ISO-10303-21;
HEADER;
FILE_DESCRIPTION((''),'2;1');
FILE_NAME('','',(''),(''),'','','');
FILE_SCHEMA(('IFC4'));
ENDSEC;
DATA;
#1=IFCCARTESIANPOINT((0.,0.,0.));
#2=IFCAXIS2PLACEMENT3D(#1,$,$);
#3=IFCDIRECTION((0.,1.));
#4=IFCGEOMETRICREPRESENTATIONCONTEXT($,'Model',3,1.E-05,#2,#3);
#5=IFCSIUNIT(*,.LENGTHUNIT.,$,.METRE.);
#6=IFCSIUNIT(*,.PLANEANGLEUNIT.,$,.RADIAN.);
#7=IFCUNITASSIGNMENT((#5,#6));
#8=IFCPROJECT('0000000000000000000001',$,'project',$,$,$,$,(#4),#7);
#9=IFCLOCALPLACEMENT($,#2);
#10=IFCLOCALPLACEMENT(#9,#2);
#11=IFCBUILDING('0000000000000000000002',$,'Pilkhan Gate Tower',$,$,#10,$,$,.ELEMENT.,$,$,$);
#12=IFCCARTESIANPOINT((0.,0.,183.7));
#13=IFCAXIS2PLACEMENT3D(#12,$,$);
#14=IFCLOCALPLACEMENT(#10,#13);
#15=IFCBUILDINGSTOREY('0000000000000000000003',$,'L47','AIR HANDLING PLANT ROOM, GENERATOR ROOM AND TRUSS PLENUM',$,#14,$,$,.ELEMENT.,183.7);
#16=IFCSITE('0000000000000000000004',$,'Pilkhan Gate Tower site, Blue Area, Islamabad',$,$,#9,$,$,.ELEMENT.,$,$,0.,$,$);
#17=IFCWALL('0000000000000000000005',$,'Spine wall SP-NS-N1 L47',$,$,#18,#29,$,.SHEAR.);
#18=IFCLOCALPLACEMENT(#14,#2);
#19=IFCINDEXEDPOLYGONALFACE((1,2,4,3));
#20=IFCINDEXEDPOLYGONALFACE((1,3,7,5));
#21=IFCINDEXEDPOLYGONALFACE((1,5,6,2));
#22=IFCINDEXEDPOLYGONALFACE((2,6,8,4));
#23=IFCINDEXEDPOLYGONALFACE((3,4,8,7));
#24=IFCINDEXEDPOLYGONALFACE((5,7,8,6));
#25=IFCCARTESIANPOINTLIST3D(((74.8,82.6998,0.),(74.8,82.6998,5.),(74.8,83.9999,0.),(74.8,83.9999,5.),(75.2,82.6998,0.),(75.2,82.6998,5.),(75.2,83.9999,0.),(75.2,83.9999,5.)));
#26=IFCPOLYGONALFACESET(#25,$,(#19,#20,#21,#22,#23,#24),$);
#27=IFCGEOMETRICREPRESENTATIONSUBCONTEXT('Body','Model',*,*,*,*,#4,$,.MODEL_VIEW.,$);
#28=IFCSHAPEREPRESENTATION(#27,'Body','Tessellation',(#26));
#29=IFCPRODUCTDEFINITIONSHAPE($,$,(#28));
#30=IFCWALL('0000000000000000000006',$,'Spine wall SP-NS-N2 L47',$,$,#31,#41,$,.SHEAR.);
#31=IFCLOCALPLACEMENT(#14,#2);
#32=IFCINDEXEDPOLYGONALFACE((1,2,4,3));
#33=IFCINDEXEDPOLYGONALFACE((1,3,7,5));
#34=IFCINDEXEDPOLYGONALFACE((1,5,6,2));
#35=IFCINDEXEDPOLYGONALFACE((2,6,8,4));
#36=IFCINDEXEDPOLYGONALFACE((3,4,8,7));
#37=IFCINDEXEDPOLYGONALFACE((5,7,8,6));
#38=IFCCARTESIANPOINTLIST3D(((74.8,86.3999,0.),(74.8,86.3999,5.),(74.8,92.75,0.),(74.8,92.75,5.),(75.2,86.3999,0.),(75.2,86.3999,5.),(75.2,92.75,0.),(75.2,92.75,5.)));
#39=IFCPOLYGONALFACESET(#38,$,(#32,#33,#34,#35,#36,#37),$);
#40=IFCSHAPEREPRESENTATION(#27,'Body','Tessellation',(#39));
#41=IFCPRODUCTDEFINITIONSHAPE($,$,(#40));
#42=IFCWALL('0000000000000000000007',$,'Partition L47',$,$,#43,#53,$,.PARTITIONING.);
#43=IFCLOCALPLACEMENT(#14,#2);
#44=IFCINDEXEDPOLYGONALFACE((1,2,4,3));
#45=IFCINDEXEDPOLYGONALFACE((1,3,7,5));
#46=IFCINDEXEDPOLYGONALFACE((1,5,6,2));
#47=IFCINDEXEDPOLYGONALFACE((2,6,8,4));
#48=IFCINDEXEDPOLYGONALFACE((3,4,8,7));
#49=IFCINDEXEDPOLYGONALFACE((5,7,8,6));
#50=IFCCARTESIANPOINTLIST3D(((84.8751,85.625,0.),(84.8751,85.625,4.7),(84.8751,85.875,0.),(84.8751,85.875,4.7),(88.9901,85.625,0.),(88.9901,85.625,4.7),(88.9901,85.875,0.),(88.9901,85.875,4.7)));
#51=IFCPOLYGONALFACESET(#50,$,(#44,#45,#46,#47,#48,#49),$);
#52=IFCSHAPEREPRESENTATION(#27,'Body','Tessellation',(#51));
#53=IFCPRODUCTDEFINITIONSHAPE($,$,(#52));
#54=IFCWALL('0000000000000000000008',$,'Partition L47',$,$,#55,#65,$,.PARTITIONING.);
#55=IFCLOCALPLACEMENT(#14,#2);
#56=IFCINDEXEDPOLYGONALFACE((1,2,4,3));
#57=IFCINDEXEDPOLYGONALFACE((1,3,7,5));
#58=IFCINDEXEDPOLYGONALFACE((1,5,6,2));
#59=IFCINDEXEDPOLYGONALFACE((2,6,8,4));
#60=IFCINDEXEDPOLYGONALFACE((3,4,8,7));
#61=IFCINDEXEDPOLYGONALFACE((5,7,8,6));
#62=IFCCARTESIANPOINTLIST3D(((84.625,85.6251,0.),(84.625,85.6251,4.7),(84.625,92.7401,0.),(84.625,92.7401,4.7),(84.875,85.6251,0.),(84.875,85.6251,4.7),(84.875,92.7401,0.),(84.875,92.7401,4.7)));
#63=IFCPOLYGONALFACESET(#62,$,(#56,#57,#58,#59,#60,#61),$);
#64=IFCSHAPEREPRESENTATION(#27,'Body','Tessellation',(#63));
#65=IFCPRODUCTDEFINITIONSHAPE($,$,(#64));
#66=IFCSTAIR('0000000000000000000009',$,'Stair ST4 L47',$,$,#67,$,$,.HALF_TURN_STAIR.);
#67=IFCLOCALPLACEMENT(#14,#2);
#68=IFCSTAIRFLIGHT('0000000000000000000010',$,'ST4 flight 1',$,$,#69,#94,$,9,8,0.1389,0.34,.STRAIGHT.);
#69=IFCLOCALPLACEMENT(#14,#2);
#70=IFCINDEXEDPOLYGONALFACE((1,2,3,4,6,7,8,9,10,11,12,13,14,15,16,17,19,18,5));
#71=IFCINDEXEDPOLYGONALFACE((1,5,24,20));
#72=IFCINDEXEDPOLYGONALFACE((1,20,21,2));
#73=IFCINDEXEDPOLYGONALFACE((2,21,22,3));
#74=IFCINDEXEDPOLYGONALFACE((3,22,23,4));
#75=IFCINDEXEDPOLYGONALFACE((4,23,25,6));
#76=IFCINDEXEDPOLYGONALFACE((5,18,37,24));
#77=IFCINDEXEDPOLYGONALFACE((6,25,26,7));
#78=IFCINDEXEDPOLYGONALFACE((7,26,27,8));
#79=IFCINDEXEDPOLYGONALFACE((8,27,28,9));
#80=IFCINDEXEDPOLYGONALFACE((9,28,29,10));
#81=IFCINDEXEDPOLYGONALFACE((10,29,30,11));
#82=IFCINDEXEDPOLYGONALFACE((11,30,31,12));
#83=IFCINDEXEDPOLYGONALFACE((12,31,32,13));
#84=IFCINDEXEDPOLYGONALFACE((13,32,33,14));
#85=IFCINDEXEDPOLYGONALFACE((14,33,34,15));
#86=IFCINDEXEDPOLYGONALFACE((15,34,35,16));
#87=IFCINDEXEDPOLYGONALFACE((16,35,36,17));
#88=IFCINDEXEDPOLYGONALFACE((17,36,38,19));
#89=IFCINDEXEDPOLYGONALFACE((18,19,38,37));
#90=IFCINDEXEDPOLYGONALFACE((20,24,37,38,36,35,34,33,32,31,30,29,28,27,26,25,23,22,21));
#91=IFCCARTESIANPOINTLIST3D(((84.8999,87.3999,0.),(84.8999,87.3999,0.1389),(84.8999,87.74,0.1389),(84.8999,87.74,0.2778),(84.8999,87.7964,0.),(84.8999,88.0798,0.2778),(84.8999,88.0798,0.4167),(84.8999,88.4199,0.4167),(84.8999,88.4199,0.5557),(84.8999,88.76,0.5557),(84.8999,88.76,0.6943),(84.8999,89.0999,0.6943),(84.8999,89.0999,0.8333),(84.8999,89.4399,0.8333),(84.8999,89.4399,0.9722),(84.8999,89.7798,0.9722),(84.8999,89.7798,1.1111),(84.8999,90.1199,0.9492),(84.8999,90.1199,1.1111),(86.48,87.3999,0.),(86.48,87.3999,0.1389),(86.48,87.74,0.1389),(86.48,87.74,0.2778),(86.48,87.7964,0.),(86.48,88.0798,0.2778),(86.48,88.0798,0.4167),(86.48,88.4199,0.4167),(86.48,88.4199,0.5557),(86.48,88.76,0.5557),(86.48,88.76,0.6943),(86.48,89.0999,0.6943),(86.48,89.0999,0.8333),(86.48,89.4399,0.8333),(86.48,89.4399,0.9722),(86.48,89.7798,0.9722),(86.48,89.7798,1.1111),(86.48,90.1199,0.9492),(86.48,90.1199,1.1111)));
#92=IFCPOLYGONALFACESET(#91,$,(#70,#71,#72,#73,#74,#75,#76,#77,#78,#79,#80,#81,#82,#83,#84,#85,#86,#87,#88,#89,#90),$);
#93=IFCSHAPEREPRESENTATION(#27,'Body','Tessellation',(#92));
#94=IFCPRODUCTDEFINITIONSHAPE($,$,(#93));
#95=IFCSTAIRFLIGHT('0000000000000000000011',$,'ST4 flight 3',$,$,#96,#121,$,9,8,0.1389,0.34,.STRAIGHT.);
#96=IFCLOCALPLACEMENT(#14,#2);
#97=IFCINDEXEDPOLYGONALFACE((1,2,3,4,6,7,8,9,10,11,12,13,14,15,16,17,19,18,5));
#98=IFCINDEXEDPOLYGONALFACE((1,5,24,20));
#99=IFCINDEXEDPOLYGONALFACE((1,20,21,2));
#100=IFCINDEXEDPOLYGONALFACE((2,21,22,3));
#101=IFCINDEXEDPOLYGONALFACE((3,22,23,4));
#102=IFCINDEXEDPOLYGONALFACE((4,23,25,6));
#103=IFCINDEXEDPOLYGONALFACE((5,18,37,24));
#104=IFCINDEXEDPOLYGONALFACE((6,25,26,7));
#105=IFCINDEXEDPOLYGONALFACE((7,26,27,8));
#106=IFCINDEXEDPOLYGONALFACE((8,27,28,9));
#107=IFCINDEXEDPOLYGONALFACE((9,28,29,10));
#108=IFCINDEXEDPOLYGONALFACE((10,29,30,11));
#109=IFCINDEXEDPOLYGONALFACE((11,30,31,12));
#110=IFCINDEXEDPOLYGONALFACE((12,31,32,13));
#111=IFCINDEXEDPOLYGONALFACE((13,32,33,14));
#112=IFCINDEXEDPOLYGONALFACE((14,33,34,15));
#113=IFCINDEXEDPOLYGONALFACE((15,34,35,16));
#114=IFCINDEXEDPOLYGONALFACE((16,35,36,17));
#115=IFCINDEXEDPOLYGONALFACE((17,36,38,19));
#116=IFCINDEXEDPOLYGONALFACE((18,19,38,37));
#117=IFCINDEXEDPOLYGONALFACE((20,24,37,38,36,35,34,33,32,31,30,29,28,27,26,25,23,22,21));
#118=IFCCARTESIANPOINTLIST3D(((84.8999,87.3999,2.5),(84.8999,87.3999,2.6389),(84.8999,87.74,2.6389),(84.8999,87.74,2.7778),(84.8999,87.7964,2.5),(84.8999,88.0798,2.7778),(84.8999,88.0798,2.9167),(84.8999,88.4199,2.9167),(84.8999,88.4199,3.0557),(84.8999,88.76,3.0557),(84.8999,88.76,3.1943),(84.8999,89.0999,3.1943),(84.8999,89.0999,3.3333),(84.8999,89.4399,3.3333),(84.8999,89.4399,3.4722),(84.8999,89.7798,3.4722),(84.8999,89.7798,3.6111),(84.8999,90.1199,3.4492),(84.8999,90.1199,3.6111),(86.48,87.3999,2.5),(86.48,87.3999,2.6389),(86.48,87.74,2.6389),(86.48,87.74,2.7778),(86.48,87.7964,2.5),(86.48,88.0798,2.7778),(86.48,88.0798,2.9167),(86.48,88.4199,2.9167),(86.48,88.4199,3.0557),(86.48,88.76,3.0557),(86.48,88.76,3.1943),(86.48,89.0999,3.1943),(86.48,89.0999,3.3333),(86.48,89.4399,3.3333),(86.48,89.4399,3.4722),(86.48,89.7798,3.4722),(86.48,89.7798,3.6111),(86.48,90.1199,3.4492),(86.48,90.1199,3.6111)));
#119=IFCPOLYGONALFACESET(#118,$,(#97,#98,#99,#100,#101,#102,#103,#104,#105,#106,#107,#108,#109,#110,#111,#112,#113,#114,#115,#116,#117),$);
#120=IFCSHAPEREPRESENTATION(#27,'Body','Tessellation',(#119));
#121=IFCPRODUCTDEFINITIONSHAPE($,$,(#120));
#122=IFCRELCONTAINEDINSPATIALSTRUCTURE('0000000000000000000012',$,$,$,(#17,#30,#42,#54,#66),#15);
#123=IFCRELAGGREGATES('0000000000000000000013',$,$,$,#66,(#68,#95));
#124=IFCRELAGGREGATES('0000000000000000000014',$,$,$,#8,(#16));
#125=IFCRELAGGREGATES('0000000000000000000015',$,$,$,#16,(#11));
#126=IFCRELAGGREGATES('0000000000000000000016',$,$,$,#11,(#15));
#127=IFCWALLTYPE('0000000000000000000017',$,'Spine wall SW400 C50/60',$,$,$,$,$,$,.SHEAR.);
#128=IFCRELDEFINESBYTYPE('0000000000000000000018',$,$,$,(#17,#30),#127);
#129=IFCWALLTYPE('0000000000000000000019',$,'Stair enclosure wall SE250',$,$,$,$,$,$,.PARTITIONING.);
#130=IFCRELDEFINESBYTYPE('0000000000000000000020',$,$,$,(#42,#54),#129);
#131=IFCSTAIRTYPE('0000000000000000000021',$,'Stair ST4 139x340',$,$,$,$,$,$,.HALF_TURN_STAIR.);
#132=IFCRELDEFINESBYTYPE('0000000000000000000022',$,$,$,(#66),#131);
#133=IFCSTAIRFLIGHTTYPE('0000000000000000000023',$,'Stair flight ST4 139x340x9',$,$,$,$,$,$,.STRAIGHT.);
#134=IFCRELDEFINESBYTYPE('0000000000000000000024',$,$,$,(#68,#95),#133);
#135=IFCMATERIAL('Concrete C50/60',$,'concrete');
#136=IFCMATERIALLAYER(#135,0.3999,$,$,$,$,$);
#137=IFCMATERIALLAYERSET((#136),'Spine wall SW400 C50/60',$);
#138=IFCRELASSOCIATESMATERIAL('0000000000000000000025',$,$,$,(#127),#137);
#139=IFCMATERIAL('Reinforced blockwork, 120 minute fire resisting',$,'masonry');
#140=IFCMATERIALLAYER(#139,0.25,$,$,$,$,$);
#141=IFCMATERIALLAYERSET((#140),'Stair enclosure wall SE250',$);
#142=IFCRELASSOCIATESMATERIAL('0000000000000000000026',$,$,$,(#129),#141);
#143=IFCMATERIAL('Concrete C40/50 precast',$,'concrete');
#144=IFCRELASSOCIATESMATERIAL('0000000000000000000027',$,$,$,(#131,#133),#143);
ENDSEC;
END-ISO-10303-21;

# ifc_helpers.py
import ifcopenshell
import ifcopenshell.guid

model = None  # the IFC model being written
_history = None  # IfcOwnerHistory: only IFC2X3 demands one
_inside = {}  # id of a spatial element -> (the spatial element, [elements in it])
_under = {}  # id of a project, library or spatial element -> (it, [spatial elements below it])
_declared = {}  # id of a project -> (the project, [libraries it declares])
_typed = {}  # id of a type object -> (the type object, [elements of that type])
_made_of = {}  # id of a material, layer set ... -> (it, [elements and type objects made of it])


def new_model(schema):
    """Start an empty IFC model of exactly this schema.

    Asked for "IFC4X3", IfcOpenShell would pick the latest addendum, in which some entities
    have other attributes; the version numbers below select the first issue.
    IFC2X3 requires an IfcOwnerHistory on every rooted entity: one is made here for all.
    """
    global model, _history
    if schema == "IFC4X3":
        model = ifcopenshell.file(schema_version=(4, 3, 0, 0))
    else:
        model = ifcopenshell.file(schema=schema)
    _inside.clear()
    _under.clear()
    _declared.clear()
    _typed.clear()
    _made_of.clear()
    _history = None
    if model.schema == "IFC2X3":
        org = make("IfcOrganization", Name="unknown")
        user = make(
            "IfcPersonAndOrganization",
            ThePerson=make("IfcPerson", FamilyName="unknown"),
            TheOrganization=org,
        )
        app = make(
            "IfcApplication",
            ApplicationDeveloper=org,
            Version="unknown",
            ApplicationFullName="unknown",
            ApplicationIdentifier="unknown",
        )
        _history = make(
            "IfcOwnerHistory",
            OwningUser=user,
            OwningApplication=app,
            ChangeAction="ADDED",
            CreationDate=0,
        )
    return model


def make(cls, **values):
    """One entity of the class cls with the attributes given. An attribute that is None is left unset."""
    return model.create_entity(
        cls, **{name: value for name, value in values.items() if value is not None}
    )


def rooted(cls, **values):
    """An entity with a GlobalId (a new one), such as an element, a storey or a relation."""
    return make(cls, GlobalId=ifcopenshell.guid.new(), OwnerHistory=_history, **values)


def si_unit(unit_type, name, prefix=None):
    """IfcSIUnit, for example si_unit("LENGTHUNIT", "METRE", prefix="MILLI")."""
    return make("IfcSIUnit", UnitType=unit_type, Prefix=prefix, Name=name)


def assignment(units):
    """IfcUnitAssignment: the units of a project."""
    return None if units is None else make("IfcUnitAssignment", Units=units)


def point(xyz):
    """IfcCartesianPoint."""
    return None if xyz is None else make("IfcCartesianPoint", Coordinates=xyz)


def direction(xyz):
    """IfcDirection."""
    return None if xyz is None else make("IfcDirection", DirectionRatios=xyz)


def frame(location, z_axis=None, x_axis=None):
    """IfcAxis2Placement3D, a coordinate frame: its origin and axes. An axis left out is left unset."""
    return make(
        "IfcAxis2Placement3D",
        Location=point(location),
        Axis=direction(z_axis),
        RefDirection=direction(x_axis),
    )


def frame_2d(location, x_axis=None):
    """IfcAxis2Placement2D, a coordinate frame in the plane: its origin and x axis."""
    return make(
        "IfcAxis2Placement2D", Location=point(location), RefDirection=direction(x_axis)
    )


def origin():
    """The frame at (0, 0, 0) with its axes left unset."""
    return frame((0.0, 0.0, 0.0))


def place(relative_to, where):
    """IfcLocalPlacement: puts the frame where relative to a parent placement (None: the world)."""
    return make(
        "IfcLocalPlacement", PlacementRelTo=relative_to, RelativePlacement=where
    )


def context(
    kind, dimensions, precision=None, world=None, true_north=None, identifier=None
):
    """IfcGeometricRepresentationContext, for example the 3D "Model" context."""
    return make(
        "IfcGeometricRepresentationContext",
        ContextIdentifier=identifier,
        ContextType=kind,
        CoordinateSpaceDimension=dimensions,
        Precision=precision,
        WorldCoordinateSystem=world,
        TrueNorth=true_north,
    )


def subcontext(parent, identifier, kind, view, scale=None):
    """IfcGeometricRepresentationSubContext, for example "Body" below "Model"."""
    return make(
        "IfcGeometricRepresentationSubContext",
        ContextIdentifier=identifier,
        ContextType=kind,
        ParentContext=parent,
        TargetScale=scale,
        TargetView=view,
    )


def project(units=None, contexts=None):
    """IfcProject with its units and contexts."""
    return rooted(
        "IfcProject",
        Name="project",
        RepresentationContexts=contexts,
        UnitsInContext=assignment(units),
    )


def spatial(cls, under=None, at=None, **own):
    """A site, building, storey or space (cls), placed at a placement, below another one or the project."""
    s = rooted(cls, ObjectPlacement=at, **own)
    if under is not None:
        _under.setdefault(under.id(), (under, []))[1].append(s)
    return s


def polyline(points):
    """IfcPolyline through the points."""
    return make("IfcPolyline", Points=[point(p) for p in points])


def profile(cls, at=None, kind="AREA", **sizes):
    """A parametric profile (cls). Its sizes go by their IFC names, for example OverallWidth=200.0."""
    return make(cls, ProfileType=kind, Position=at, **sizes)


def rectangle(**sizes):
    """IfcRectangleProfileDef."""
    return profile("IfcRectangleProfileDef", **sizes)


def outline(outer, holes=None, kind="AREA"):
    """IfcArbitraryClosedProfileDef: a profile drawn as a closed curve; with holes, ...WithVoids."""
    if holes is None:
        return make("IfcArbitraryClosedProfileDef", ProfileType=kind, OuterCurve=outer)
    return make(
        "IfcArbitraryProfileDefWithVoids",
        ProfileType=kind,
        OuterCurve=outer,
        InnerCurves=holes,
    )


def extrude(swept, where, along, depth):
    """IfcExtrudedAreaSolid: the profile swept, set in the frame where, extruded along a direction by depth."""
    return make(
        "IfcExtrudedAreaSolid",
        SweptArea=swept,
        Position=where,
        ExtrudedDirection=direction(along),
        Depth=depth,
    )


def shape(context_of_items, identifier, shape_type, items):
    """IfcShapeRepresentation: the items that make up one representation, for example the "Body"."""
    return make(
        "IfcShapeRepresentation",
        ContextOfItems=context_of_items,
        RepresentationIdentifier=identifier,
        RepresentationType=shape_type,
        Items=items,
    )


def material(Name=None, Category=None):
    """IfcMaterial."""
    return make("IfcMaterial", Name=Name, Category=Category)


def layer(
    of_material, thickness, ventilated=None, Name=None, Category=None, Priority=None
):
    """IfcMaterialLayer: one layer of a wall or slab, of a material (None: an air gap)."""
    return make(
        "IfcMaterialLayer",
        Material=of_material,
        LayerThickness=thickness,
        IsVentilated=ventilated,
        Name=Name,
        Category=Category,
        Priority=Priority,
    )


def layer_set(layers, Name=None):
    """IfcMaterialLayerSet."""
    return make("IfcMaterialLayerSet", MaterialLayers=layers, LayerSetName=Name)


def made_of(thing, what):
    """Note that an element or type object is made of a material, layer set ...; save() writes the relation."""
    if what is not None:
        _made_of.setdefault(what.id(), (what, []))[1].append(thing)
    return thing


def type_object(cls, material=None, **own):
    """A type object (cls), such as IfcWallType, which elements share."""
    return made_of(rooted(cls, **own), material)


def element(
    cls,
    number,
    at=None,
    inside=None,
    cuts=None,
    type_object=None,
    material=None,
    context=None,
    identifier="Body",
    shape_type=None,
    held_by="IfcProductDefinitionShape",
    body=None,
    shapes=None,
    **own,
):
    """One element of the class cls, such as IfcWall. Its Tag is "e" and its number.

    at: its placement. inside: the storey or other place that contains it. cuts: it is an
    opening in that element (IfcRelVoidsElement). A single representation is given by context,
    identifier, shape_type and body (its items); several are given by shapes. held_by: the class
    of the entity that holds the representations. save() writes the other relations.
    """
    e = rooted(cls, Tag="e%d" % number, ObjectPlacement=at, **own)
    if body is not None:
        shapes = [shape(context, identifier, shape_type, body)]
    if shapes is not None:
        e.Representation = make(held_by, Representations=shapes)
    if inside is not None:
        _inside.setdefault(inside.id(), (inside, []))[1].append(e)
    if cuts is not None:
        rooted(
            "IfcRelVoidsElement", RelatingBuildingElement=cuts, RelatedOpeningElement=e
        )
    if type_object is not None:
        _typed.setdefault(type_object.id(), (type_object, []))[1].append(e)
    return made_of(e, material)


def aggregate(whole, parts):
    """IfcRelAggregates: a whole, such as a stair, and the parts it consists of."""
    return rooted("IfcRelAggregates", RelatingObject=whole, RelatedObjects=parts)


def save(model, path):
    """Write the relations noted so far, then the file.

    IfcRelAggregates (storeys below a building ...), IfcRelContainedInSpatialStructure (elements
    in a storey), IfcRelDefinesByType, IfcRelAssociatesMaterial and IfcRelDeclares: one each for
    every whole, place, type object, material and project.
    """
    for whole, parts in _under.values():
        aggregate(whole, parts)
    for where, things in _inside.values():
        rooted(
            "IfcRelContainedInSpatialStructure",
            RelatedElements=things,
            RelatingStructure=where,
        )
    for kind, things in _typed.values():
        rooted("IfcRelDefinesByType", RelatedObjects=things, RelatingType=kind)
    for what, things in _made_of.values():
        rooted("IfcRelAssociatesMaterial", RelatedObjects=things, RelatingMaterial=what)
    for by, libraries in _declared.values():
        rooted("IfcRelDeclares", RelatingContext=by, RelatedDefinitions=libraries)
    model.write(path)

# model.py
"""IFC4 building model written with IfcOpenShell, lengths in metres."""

from ifc_helpers import new_model, si_unit, direction, frame, frame_2d, origin, place, context, subcontext, project, spatial, polyline, rectangle, outline, extrude, material, layer, layer_set, type_object, element, aggregate, save


model = new_model("IFC4")

# Units and contexts
model_context = context("Model", 3, precision=1e-05, world=origin(), true_north=direction((0.0, 1.0)))
body_context = subcontext(model_context, "Body", "Model", "MODEL_VIEW")
ifc_project = project(units=[si_unit("LENGTHUNIT", "METRE"), si_unit("PLANEANGLEUNIT", "RADIAN")], contexts=[model_context])

# Site, building, storey
site_placement = place(None, origin())
site = spatial("IfcSite", under=ifc_project, at=site_placement, Name="Pilkhan Gate Tower site, Blue Area, Islamabad", CompositionType="ELEMENT", RefElevation=0.0)
building_placement = place(site_placement, origin())
building = spatial("IfcBuilding", under=site, at=building_placement, Name="Pilkhan Gate Tower", CompositionType="ELEMENT")
storey_placement = place(building_placement, frame((0.0, 0.0, 183.7)))
storey = spatial("IfcBuildingStorey", under=building, at=storey_placement, Name="L47", Description="AIR HANDLING PLANT ROOM, GENERATOR ROOM AND TRUSS PLENUM", CompositionType="ELEMENT", Elevation=183.7)

# Shared definitions
ifc_material_1 = material(Name="Concrete C50/60", Category="concrete")

# Walls
ifc_layer_1 = layer(ifc_material_1, 0.3999)
ifc_layer_set_1 = layer_set([ifc_layer_1], Name="Spine wall SW400 C50/60")
wall_type_1 = type_object("IfcWallType", Name="Spine wall SW400 C50/60", PredefinedType="SHEAR", material=ifc_layer_set_1)
wall_1_placement = place(storey_placement, frame((75.0, 82.7, 0.0), z_axis=(0.0, 0.0, 1.0), x_axis=(0.0, 1.0, 0.0)))
element("IfcWall", 1, at=wall_1_placement, inside=storey, type_object=wall_type_1, Name="Spine wall SP-NS-N1 L47", PredefinedType="SHEAR", context=body_context, shape_type="SweptSolid", body=[
    extrude(rectangle(XDim=1.3, YDim=0.3999, at=frame_2d((0.6499, 0.0))), origin(), (0.0, 0.0, 1.0), 5.0),
])
wall_2_placement = place(storey_placement, frame((75.0, 86.3999, 0.0), z_axis=(0.0, 0.0, 1.0), x_axis=(0.0, 1.0, 0.0)))
element("IfcWall", 2, at=wall_2_placement, inside=storey, type_object=wall_type_1, Name="Spine wall SP-NS-N2 L47", PredefinedType="SHEAR", context=body_context, shape_type="SweptSolid", body=[
    extrude(rectangle(XDim=6.3501, YDim=0.3999, at=frame_2d((3.175, 0.0))), origin(), (0.0, 0.0, 1.0), 5.0),
])
ifc_material_2 = material(Name="Reinforced blockwork, 120 minute fire resisting", Category="masonry")
ifc_layer_2 = layer(ifc_material_2, 0.25)
ifc_layer_set_2 = layer_set([ifc_layer_2], Name="Stair enclosure wall SE250")
wall_type_2 = type_object("IfcWallType", Name="Stair enclosure wall SE250", PredefinedType="PARTITIONING", material=ifc_layer_set_2)
wall_3_placement = place(storey_placement, frame((84.875, 85.75, 0.0), z_axis=(0.0, 0.0, 1.0), x_axis=(1.0, 0.0, 0.0)))
element("IfcWall", 3, at=wall_3_placement, inside=storey, type_object=wall_type_2, Name="Partition L47", PredefinedType="PARTITIONING", context=body_context, shape_type="SweptSolid", body=[
    extrude(rectangle(XDim=4.115, YDim=0.25, at=frame_2d((2.0576, 0.0))), origin(), (0.0, 0.0, 1.0), 4.7),
])
wall_4_placement = place(storey_placement, frame((84.75, 85.625, 0.0), z_axis=(0.0, 0.0, 1.0), x_axis=(0.0, 1.0, 0.0)))
element("IfcWall", 4, at=wall_4_placement, inside=storey, type_object=wall_type_2, Name="Partition L47", PredefinedType="PARTITIONING", context=body_context, shape_type="SweptSolid", body=[
    extrude(rectangle(XDim=7.115, YDim=0.25, at=frame_2d((3.5576, 0.0))), origin(), (0.0, 0.0, 1.0), 4.7),
])

# Stair, stair flights
ifc_material_3 = material(Name="Concrete C40/50 precast", Category="concrete")
stair_type = type_object("IfcStairType", Name="Stair ST4 139x340", PredefinedType="HALF_TURN_STAIR", material=ifc_material_3)
stair_placement = place(storey_placement, origin())
stair = element("IfcStair", 5, at=stair_placement, inside=storey, type_object=stair_type, Name="Stair ST4 L47", PredefinedType="HALF_TURN_STAIR")
stair_flight_type = type_object("IfcStairFlightType", Name="Stair flight ST4 139x340x9", PredefinedType="STRAIGHT", material=ifc_material_3)
stair_flight_1_placement = place(storey_placement, frame((85.6899, 87.3999, 0.0), z_axis=(0.0, 0.0, 1.0), x_axis=(0.0, 1.0, 0.0)))
stair_flight_1 = element("IfcStairFlight", 6, at=stair_flight_1_placement, type_object=stair_flight_type, Name="ST4 flight 1", NumberOfRisers=9, NumberOfTreads=8, PredefinedType="STRAIGHT", RiserHeight=0.1389, TreadLength=0.34, context=body_context, shape_type="SweptSolid", body=[
    extrude(outline(polyline([(0.0, 0.0), (0.0, 0.1389), (0.3401, 0.1389), (0.3401, 0.2778), (0.6799, 0.2778), (0.6799, 0.4167), (1.02, 0.4167), (1.02, 0.5557), (1.3601, 0.5557), (1.3601, 0.6943), (1.7, 0.6943), (1.7, 0.8333), (2.04, 0.8333), (2.04, 0.9722), (2.3799, 0.9722), (2.3799, 1.1111), (2.72, 1.1111), (2.72, 1.25), (2.72, 0.9492), (0.3965, 0.0), (0.0, 0.0)])), frame((0.0, 0.79, 0.0), z_axis=(0.0, -1.0, 0.0), x_axis=(1.0, 0.0, 0.0)), (0.0, 0.0, 1.0), 1.5801),
])
stair_flight_2_placement = place(storey_placement, frame((85.6899, 87.3999, 2.5), z_axis=(0.0, 0.0, 1.0), x_axis=(0.0, 1.0, 0.0)))
stair_flight_2 = element("IfcStairFlight", 7, at=stair_flight_2_placement, type_object=stair_flight_type, Name="ST4 flight 3", NumberOfRisers=9, NumberOfTreads=8, PredefinedType="STRAIGHT", RiserHeight=0.1389, TreadLength=0.34, context=body_context, shape_type="SweptSolid", body=[
    extrude(outline(polyline([(0.0, 0.0), (0.0, 0.1389), (0.3401, 0.1389), (0.3401, 0.2778), (0.6799, 0.2778), (0.6799, 0.4167), (1.02, 0.4167), (1.02, 0.5557), (1.3601, 0.5557), (1.3601, 0.6943), (1.7, 0.6943), (1.7, 0.8333), (2.04, 0.8333), (2.04, 0.9722), (2.3799, 0.9722), (2.3799, 1.1111), (2.72, 1.1111), (2.72, 1.25), (2.72, 0.9492), (0.3965, 0.0), (0.0, 0.0)])), frame((0.0, 0.79, 0.0), z_axis=(0.0, -1.0, 0.0), x_axis=(1.0, 0.0, 0.0)), (0.0, 0.0, 1.0), 1.5801),
])
aggregate(stair, [stair_flight_1, stair_flight_2])

save(model, "model.ifc")
